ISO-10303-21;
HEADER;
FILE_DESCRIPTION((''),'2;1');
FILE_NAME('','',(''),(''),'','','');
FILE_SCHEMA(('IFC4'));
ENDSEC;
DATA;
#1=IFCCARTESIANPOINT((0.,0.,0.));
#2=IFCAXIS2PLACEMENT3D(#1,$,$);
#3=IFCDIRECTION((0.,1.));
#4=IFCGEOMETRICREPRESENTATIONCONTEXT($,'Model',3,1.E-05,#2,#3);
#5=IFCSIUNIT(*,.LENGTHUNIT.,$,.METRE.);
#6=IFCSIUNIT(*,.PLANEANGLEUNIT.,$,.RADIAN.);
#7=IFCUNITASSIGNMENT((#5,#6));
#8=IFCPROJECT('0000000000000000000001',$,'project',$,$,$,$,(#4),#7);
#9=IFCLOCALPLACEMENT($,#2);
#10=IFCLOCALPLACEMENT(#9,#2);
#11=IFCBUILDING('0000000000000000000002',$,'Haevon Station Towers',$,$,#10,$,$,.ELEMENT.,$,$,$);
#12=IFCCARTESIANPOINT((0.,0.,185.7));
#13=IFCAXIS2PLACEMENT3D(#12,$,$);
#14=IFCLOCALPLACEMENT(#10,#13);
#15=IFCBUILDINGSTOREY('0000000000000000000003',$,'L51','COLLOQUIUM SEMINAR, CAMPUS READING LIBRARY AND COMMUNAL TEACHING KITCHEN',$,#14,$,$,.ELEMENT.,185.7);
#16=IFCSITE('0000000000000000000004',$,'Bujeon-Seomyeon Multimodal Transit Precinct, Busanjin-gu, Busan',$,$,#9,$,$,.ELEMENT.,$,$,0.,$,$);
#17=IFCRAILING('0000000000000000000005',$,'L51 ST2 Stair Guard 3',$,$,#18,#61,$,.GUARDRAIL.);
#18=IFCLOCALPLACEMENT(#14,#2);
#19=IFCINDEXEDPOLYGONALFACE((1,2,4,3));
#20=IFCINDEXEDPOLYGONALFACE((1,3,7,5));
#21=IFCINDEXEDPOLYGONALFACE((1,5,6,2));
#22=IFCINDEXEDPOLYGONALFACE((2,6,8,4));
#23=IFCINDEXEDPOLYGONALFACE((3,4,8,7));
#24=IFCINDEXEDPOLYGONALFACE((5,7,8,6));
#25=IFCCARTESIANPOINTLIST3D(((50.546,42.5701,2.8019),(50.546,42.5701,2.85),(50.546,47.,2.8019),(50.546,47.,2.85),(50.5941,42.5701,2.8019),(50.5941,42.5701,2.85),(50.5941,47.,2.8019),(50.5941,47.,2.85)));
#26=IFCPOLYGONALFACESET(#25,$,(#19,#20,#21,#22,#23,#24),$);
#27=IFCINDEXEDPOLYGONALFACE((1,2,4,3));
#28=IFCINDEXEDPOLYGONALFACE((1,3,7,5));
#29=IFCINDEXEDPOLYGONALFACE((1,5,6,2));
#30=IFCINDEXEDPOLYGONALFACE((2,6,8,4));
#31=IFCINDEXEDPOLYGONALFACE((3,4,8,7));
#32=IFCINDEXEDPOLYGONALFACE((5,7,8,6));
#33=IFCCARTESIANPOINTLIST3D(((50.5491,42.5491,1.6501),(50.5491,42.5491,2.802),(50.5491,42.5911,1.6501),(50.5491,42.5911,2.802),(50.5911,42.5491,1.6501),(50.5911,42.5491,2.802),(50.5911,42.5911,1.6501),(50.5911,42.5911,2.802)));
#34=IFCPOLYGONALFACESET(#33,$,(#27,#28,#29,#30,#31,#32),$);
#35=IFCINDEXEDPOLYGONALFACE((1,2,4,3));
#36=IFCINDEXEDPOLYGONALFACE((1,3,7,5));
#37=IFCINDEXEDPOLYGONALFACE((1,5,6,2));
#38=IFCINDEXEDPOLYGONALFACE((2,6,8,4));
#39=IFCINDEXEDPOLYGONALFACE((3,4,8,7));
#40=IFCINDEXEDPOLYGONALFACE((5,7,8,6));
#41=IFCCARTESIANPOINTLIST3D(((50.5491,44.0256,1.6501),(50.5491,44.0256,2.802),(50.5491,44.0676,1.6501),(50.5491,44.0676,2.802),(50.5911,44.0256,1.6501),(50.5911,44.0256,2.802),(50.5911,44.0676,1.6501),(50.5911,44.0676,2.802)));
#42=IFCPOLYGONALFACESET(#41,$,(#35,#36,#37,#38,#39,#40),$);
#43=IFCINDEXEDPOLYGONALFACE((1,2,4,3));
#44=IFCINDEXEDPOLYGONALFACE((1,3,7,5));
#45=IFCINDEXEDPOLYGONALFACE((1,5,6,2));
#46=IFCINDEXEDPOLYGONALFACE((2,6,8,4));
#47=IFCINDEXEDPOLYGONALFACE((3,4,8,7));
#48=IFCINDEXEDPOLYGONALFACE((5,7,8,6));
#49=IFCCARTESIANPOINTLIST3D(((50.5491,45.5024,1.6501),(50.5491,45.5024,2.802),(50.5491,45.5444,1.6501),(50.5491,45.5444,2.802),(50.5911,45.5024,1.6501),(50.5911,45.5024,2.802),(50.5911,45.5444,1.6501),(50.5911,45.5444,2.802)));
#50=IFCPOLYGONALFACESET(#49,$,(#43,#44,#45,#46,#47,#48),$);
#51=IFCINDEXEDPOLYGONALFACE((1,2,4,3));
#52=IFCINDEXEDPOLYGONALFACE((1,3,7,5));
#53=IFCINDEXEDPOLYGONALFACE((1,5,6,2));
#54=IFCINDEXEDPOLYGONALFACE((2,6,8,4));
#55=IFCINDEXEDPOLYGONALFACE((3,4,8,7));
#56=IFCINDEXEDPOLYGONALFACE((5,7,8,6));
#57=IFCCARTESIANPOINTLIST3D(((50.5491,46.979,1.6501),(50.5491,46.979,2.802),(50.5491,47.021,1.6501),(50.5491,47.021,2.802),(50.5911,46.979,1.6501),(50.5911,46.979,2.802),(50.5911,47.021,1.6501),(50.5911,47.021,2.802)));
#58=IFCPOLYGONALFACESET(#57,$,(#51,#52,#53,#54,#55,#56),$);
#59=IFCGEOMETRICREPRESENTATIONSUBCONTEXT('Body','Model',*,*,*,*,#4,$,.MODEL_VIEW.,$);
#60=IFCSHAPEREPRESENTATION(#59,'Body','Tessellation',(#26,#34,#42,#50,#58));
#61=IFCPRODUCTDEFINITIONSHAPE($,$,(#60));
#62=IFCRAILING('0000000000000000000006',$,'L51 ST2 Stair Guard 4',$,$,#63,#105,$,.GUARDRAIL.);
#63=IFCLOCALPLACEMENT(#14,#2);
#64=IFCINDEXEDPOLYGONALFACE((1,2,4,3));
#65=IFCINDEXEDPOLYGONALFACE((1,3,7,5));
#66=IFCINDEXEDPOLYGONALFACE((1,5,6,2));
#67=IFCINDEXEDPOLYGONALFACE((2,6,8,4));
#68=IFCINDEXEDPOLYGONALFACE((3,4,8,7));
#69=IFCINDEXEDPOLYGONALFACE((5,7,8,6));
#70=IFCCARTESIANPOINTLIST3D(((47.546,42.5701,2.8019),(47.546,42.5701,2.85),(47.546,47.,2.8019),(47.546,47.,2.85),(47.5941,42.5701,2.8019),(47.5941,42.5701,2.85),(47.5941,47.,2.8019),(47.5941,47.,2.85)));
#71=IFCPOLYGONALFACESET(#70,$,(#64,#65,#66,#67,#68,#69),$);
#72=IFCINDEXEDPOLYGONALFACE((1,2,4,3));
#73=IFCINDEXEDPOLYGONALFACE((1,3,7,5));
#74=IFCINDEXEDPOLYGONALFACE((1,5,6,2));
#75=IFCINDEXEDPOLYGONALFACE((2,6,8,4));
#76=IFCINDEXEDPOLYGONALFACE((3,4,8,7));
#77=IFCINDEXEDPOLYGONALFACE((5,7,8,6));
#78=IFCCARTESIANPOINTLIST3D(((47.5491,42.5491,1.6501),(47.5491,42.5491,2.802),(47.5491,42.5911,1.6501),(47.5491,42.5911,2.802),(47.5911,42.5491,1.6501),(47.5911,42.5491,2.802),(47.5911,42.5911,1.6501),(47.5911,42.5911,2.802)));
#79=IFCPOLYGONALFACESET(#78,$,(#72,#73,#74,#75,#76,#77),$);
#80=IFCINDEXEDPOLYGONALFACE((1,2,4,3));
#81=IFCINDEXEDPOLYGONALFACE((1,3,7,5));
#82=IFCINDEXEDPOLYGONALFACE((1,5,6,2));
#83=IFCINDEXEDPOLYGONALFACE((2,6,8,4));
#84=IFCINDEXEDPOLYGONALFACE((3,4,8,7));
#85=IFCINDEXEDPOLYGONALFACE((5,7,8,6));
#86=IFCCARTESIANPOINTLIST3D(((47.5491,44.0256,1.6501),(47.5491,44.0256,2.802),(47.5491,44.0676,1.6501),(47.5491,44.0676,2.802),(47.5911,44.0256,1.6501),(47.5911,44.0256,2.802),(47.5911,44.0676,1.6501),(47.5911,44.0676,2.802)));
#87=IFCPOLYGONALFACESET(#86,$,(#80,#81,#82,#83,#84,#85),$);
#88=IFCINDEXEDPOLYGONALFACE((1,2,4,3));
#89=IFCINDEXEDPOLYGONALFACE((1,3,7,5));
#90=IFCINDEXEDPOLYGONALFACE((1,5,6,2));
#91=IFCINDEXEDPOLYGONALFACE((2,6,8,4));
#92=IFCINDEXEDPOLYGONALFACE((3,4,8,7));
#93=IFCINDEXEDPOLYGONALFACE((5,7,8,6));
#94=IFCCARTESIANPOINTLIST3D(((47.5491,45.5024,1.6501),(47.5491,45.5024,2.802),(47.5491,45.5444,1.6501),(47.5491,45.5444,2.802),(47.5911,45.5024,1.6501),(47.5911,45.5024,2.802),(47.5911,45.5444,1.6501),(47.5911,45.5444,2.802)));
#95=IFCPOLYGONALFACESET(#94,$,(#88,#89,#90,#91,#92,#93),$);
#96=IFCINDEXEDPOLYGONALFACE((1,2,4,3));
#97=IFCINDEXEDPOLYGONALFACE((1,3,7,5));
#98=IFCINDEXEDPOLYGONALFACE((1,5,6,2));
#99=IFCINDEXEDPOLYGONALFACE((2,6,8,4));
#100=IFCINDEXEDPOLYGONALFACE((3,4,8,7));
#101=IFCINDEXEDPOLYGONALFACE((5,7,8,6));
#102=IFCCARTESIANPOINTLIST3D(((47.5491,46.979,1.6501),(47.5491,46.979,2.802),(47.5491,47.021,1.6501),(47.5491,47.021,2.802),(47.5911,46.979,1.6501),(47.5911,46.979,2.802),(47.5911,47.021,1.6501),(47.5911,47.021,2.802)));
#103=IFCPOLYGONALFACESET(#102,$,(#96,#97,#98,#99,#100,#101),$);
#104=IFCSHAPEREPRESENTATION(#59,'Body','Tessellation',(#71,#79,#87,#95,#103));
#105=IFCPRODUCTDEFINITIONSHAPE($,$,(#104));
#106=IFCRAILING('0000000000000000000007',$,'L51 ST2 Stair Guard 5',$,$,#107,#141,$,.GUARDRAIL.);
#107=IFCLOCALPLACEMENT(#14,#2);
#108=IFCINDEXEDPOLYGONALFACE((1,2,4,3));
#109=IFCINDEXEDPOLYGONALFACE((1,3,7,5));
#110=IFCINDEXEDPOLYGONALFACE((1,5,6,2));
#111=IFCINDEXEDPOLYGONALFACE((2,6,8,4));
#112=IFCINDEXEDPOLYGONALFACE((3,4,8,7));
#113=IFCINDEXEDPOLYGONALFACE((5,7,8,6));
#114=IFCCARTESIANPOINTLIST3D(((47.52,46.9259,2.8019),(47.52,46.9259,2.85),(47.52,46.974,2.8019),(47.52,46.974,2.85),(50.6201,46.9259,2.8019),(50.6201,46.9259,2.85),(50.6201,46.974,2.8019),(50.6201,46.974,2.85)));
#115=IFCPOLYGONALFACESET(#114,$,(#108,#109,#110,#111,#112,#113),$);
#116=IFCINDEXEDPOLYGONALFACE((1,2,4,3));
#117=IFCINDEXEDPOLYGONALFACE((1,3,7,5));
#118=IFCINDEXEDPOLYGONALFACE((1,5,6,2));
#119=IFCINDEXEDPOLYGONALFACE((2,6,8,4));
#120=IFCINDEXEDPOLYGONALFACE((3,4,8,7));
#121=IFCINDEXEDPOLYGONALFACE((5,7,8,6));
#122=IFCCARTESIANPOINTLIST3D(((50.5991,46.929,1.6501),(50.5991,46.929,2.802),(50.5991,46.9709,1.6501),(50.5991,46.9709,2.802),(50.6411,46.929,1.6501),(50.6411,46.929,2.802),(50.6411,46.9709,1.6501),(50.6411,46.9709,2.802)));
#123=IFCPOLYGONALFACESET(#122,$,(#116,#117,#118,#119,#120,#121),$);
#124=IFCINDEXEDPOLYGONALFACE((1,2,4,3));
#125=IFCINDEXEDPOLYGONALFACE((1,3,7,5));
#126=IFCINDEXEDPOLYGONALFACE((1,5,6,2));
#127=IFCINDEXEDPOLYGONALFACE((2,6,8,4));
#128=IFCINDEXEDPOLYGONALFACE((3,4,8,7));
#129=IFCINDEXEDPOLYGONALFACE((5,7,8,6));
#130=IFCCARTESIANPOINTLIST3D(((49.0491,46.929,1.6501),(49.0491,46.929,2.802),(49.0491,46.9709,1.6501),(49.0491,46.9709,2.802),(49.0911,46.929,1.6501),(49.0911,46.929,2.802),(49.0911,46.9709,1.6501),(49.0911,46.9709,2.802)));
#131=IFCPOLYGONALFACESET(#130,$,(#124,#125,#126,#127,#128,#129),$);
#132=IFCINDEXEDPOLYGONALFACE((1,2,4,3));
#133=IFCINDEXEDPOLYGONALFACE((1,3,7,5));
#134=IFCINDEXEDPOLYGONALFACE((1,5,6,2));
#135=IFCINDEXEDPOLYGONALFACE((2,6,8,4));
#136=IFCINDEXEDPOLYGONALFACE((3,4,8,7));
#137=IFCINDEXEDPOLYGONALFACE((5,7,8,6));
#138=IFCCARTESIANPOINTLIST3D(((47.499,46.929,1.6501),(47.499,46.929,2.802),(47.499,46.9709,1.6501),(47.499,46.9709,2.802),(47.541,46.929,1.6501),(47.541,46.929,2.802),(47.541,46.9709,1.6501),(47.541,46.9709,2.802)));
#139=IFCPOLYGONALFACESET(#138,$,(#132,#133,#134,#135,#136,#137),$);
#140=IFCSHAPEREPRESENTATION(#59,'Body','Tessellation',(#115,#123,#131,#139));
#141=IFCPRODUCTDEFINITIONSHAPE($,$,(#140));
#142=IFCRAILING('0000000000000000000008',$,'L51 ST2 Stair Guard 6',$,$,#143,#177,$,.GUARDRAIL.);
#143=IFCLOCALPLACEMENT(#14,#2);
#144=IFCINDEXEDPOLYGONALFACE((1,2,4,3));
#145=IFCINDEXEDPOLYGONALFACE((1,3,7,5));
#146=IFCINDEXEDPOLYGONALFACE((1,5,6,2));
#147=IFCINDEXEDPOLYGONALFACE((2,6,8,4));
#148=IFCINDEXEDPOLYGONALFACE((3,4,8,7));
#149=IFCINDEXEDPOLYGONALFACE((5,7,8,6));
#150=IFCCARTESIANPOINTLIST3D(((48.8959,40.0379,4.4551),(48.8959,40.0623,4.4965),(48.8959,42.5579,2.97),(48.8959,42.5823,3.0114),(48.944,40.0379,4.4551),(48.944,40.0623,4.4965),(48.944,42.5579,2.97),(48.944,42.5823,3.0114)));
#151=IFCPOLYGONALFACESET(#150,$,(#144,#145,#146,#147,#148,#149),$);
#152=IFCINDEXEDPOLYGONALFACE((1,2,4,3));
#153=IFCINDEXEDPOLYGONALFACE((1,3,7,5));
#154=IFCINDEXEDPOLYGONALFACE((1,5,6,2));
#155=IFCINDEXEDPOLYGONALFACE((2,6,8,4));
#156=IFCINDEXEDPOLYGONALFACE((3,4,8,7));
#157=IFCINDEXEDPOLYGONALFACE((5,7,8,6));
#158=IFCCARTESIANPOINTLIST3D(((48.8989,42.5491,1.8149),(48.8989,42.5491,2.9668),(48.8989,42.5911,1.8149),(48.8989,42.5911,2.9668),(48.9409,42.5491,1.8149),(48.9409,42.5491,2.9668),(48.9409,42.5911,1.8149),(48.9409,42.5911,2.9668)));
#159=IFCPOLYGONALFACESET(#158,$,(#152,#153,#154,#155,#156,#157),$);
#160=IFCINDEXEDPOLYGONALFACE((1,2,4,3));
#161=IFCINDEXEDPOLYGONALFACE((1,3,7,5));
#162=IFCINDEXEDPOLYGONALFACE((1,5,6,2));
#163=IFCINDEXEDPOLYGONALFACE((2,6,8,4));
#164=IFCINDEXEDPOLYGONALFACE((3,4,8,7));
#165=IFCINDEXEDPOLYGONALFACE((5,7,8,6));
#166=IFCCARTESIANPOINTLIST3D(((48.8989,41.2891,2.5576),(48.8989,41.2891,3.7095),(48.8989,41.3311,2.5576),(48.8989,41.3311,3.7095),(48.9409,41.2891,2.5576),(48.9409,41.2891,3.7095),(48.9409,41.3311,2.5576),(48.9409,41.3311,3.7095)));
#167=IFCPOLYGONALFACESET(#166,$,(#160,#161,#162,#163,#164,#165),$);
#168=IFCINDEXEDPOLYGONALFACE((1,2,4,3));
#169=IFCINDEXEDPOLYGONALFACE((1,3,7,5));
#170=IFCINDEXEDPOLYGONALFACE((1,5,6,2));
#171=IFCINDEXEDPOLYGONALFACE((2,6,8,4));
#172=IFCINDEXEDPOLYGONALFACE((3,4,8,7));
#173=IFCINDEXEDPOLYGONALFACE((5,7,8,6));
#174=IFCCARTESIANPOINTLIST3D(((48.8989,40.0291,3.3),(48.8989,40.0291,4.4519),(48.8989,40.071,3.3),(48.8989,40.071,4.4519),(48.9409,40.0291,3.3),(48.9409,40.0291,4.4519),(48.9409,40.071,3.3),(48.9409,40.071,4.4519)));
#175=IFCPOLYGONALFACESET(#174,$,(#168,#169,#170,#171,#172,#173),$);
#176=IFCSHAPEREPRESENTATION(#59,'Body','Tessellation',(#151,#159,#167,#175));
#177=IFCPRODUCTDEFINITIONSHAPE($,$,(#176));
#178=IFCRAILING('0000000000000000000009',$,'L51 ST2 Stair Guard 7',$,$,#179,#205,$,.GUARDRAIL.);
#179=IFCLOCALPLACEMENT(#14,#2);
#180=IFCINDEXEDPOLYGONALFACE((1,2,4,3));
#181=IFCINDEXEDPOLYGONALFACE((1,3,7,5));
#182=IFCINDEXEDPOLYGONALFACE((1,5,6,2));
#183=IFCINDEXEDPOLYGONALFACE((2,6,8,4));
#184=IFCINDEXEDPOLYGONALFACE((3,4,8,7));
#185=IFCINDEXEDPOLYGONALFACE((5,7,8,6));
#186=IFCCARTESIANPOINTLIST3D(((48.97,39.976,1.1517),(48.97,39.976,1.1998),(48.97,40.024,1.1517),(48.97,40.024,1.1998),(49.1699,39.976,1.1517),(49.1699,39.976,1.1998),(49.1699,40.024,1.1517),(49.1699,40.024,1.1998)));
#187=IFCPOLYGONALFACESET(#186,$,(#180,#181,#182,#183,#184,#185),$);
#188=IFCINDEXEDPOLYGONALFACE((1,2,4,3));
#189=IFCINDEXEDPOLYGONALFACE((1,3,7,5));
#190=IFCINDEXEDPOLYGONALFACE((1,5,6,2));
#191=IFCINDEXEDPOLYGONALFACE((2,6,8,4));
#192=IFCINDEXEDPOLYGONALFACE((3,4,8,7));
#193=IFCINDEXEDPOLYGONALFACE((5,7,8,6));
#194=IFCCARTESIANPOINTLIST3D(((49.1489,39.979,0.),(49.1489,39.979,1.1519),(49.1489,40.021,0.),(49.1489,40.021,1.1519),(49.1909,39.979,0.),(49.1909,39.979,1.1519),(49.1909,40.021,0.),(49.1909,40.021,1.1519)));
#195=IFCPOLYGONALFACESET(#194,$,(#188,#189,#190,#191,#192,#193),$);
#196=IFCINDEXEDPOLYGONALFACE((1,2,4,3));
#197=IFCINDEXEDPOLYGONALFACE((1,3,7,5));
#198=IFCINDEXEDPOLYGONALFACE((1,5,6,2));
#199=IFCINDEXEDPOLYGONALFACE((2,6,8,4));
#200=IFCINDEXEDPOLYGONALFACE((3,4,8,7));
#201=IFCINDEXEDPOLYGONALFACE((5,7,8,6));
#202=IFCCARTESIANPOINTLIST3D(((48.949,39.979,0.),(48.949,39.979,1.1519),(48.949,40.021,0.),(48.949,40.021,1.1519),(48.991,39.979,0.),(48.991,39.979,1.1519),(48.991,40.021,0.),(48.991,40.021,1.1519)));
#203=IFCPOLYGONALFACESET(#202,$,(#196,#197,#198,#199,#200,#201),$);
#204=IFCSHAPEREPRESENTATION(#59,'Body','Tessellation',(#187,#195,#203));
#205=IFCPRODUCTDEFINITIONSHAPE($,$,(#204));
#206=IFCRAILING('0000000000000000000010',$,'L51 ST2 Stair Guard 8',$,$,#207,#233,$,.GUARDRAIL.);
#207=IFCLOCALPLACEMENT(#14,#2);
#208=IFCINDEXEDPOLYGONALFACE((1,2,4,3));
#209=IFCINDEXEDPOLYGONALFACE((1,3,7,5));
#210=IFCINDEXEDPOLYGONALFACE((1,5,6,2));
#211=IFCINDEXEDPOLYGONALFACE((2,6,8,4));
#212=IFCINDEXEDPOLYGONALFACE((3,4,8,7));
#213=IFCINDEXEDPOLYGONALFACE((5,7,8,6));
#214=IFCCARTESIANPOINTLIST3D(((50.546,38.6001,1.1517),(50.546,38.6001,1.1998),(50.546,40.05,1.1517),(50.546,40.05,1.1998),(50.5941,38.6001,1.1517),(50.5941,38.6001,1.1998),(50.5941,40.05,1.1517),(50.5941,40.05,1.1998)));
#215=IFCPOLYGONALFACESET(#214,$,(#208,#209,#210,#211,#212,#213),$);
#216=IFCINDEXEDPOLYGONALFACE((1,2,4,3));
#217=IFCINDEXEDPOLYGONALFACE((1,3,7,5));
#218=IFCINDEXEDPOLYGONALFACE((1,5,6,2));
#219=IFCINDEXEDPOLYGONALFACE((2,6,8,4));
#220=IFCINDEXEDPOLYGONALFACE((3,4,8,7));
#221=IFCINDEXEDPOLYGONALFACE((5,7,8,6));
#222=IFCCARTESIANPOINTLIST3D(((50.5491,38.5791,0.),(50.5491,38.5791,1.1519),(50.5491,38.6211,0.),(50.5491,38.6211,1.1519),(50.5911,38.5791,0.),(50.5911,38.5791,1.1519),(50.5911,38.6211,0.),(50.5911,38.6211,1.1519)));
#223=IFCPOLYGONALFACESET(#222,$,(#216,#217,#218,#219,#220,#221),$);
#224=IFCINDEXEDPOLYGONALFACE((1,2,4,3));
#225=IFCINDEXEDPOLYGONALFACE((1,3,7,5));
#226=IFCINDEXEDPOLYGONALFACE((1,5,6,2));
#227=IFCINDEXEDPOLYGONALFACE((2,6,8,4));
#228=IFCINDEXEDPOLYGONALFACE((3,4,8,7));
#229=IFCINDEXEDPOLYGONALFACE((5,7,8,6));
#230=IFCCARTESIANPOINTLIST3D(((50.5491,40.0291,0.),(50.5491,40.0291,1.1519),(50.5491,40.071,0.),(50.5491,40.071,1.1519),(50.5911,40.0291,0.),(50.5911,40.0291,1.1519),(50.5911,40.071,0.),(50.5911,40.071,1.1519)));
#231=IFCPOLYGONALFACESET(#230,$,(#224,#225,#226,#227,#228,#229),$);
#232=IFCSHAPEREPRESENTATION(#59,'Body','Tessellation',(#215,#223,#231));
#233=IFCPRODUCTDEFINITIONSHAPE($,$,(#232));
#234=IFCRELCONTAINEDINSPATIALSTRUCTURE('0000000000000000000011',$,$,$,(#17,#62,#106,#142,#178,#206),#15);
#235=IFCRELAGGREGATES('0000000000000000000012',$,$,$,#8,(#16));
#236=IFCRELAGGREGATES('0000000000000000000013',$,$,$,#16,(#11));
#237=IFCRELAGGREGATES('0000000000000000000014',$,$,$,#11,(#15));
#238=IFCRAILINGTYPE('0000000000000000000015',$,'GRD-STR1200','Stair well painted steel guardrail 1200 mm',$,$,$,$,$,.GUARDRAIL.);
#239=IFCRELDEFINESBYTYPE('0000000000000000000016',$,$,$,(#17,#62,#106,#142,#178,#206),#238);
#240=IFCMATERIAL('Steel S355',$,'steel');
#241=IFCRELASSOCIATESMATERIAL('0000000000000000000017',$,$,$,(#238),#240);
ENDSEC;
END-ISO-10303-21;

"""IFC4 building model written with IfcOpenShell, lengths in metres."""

from ifc_helpers import new_model, si_unit, direction, frame, origin, origin_2d, place, context, subcontext, project, spatial, rectangle, extrude, material, type_object, element, save


model = new_model("IFC4")

# Units and contexts
model_context = context("Model", 3, precision=1e-05, world=origin(), true_north=direction((0.0, 1.0)))
body_context = subcontext(model_context, "Body", "Model", "MODEL_VIEW")
ifc_project = project(units=[si_unit("LENGTHUNIT", "METRE"), si_unit("PLANEANGLEUNIT", "RADIAN")], contexts=[model_context])

# Site, building, storey
site_placement = place(None, origin())
site = spatial("IfcSite", under=ifc_project, at=site_placement, Name="Bujeon-Seomyeon Multimodal Transit Precinct, Busanjin-gu, Busan", CompositionType="ELEMENT", RefElevation=0.0)
building_placement = place(site_placement, origin())
building = spatial("IfcBuilding", under=site, at=building_placement, Name="Haevon Station Towers", CompositionType="ELEMENT")
storey_placement = place(building_placement, frame((0.0, 0.0, 185.7)))
storey = spatial("IfcBuildingStorey", under=building, at=storey_placement, Name="L51", Description="COLLOQUIUM SEMINAR, CAMPUS READING LIBRARY AND COMMUNAL TEACHING KITCHEN", CompositionType="ELEMENT", Elevation=185.7)

# Shared definitions
ifc_material_1 = material(Name="Steel S355", Category="steel")

# Railings
railing_type_1 = type_object("IfcRailingType", Name="GRD-STR1200", Description="Stair well painted steel guardrail 1200 mm", PredefinedType="GUARDRAIL", material=ifc_material_1)
for number, where, name in (
    (1, (50.5701, 42.5701, 1.6501), "L51 ST2 Stair Guard 3"),
    (2, (47.5701, 42.5701, 1.6501), "L51 ST2 Stair Guard 4"),
):
    element("IfcRailing", number, at=place(storey_placement, frame(where)), inside=storey, type_object=railing_type_1, Name=name, PredefinedType="GUARDRAIL", context=body_context, shape_type="SweptSolid", body=[
        extrude(rectangle(XDim=0.0481, YDim=0.0481, at=origin_2d()), frame((0.0, 0.0, 1.1758), z_axis=(0.0, 1.0, 0.0), x_axis=(-1.0, 0.0, 0.0)), (0.0, 0.0, 1.0), 4.4299),
        extrude(rectangle(XDim=0.042, YDim=0.042, at=origin_2d()), origin(), (0.0, 0.0, 1.0), 1.1519),
        extrude(rectangle(XDim=0.042, YDim=0.042, at=origin_2d()), frame((0.0, 1.4766, 0.0)), (0.0, 0.0, 1.0), 1.1519),
        extrude(rectangle(XDim=0.042, YDim=0.042, at=origin_2d()), frame((0.0, 2.9534, 0.0)), (0.0, 0.0, 1.0), 1.1519),
        extrude(rectangle(XDim=0.042, YDim=0.042, at=origin_2d()), frame((0.0, 4.4299, 0.0)), (0.0, 0.0, 1.0), 1.1519),
    ])
railing_1_placement = place(storey_placement, frame((50.6201, 46.95, 1.6501)))
element("IfcRailing", 3, at=railing_1_placement, inside=storey, type_object=railing_type_1, Name="L51 ST2 Stair Guard 5", PredefinedType="GUARDRAIL", context=body_context, shape_type="SweptSolid", body=[
    extrude(rectangle(XDim=0.0481, YDim=0.0481, at=origin_2d()), frame((0.0, 0.0, 1.1758), z_axis=(-1.0, 0.0, 0.0), x_axis=(0.0, -1.0, 0.0)), (0.0, 0.0, 1.0), 3.1001),
    extrude(rectangle(XDim=0.042, YDim=0.042, at=origin_2d()), origin(), (0.0, 0.0, 1.0), 1.1519),
    extrude(rectangle(XDim=0.042, YDim=0.042, at=origin_2d()), frame((-1.55, 0.0, 0.0)), (0.0, 0.0, 1.0), 1.1519),
    extrude(rectangle(XDim=0.042, YDim=0.042, at=origin_2d()), frame((-3.1001, 0.0, 0.0)), (0.0, 0.0, 1.0), 1.1519),
])
railing_2_placement = place(storey_placement, frame((48.9199, 42.5701, 1.8149)))
element("IfcRailing", 4, at=railing_2_placement, inside=storey, type_object=railing_type_1, Name="L51 ST2 Stair Guard 6", PredefinedType="GUARDRAIL", context=body_context, shape_type="SweptSolid", body=[
    extrude(rectangle(XDim=0.0481, YDim=0.0481, at=origin_2d()), frame((0.0, 0.0, 1.1758), z_axis=(0.0, -0.861524, 0.507717), x_axis=(1.0, 0.0, 0.0)), (0.0, 0.0, 1.0), 2.925),
    extrude(rectangle(XDim=0.042, YDim=0.042, at=origin_2d()), origin(), (0.0, 0.0, 1.0), 1.1519),
    extrude(rectangle(XDim=0.042, YDim=0.042, at=origin_2d()), frame((0.0, -1.26, 0.7427)), (0.0, 0.0, 1.0), 1.1519),
    extrude(rectangle(XDim=0.042, YDim=0.042, at=origin_2d()), frame((0.0, -2.52, 1.4851)), (0.0, 0.0, 1.0), 1.1519),
])
railing_3_placement = place(storey_placement, frame((49.1699, 40.0, 0.0)))
element("IfcRailing", 5, at=railing_3_placement, inside=storey, type_object=railing_type_1, Name="L51 ST2 Stair Guard 7", PredefinedType="GUARDRAIL", context=body_context, shape_type="SweptSolid", body=[
    extrude(rectangle(XDim=0.0481, YDim=0.0481, at=origin_2d()), frame((0.0, 0.0, 1.1758), z_axis=(-1.0, 0.0, 0.0), x_axis=(0.0, -1.0, 0.0)), (0.0, 0.0, 1.0), 0.2),
    extrude(rectangle(XDim=0.042, YDim=0.042, at=origin_2d()), origin(), (0.0, 0.0, 1.0), 1.1519),
    extrude(rectangle(XDim=0.042, YDim=0.042, at=origin_2d()), frame((-0.2, 0.0, 0.0)), (0.0, 0.0, 1.0), 1.1519),
])
for number, where, name in (
    (6, (50.5701, 38.6001, 0.0), "L51 ST2 Stair Guard 8"),
):
    element("IfcRailing", number, at=place(storey_placement, frame(where)), inside=storey, type_object=railing_type_1, Name=name, PredefinedType="GUARDRAIL", context=body_context, shape_type="SweptSolid", body=[
        extrude(rectangle(XDim=0.0481, YDim=0.0481, at=origin_2d()), frame((0.0, 0.0, 1.1758), z_axis=(0.0, 1.0, 0.0), x_axis=(-1.0, 0.0, 0.0)), (0.0, 0.0, 1.0), 1.45),
        extrude(rectangle(XDim=0.042, YDim=0.042, at=origin_2d()), origin(), (0.0, 0.0, 1.0), 1.1519),
        extrude(rectangle(XDim=0.042, YDim=0.042, at=origin_2d()), frame((0.0, 1.45, 0.0)), (0.0, 0.0, 1.0), 1.1519),
    ])

save(model, "model.ifc")
